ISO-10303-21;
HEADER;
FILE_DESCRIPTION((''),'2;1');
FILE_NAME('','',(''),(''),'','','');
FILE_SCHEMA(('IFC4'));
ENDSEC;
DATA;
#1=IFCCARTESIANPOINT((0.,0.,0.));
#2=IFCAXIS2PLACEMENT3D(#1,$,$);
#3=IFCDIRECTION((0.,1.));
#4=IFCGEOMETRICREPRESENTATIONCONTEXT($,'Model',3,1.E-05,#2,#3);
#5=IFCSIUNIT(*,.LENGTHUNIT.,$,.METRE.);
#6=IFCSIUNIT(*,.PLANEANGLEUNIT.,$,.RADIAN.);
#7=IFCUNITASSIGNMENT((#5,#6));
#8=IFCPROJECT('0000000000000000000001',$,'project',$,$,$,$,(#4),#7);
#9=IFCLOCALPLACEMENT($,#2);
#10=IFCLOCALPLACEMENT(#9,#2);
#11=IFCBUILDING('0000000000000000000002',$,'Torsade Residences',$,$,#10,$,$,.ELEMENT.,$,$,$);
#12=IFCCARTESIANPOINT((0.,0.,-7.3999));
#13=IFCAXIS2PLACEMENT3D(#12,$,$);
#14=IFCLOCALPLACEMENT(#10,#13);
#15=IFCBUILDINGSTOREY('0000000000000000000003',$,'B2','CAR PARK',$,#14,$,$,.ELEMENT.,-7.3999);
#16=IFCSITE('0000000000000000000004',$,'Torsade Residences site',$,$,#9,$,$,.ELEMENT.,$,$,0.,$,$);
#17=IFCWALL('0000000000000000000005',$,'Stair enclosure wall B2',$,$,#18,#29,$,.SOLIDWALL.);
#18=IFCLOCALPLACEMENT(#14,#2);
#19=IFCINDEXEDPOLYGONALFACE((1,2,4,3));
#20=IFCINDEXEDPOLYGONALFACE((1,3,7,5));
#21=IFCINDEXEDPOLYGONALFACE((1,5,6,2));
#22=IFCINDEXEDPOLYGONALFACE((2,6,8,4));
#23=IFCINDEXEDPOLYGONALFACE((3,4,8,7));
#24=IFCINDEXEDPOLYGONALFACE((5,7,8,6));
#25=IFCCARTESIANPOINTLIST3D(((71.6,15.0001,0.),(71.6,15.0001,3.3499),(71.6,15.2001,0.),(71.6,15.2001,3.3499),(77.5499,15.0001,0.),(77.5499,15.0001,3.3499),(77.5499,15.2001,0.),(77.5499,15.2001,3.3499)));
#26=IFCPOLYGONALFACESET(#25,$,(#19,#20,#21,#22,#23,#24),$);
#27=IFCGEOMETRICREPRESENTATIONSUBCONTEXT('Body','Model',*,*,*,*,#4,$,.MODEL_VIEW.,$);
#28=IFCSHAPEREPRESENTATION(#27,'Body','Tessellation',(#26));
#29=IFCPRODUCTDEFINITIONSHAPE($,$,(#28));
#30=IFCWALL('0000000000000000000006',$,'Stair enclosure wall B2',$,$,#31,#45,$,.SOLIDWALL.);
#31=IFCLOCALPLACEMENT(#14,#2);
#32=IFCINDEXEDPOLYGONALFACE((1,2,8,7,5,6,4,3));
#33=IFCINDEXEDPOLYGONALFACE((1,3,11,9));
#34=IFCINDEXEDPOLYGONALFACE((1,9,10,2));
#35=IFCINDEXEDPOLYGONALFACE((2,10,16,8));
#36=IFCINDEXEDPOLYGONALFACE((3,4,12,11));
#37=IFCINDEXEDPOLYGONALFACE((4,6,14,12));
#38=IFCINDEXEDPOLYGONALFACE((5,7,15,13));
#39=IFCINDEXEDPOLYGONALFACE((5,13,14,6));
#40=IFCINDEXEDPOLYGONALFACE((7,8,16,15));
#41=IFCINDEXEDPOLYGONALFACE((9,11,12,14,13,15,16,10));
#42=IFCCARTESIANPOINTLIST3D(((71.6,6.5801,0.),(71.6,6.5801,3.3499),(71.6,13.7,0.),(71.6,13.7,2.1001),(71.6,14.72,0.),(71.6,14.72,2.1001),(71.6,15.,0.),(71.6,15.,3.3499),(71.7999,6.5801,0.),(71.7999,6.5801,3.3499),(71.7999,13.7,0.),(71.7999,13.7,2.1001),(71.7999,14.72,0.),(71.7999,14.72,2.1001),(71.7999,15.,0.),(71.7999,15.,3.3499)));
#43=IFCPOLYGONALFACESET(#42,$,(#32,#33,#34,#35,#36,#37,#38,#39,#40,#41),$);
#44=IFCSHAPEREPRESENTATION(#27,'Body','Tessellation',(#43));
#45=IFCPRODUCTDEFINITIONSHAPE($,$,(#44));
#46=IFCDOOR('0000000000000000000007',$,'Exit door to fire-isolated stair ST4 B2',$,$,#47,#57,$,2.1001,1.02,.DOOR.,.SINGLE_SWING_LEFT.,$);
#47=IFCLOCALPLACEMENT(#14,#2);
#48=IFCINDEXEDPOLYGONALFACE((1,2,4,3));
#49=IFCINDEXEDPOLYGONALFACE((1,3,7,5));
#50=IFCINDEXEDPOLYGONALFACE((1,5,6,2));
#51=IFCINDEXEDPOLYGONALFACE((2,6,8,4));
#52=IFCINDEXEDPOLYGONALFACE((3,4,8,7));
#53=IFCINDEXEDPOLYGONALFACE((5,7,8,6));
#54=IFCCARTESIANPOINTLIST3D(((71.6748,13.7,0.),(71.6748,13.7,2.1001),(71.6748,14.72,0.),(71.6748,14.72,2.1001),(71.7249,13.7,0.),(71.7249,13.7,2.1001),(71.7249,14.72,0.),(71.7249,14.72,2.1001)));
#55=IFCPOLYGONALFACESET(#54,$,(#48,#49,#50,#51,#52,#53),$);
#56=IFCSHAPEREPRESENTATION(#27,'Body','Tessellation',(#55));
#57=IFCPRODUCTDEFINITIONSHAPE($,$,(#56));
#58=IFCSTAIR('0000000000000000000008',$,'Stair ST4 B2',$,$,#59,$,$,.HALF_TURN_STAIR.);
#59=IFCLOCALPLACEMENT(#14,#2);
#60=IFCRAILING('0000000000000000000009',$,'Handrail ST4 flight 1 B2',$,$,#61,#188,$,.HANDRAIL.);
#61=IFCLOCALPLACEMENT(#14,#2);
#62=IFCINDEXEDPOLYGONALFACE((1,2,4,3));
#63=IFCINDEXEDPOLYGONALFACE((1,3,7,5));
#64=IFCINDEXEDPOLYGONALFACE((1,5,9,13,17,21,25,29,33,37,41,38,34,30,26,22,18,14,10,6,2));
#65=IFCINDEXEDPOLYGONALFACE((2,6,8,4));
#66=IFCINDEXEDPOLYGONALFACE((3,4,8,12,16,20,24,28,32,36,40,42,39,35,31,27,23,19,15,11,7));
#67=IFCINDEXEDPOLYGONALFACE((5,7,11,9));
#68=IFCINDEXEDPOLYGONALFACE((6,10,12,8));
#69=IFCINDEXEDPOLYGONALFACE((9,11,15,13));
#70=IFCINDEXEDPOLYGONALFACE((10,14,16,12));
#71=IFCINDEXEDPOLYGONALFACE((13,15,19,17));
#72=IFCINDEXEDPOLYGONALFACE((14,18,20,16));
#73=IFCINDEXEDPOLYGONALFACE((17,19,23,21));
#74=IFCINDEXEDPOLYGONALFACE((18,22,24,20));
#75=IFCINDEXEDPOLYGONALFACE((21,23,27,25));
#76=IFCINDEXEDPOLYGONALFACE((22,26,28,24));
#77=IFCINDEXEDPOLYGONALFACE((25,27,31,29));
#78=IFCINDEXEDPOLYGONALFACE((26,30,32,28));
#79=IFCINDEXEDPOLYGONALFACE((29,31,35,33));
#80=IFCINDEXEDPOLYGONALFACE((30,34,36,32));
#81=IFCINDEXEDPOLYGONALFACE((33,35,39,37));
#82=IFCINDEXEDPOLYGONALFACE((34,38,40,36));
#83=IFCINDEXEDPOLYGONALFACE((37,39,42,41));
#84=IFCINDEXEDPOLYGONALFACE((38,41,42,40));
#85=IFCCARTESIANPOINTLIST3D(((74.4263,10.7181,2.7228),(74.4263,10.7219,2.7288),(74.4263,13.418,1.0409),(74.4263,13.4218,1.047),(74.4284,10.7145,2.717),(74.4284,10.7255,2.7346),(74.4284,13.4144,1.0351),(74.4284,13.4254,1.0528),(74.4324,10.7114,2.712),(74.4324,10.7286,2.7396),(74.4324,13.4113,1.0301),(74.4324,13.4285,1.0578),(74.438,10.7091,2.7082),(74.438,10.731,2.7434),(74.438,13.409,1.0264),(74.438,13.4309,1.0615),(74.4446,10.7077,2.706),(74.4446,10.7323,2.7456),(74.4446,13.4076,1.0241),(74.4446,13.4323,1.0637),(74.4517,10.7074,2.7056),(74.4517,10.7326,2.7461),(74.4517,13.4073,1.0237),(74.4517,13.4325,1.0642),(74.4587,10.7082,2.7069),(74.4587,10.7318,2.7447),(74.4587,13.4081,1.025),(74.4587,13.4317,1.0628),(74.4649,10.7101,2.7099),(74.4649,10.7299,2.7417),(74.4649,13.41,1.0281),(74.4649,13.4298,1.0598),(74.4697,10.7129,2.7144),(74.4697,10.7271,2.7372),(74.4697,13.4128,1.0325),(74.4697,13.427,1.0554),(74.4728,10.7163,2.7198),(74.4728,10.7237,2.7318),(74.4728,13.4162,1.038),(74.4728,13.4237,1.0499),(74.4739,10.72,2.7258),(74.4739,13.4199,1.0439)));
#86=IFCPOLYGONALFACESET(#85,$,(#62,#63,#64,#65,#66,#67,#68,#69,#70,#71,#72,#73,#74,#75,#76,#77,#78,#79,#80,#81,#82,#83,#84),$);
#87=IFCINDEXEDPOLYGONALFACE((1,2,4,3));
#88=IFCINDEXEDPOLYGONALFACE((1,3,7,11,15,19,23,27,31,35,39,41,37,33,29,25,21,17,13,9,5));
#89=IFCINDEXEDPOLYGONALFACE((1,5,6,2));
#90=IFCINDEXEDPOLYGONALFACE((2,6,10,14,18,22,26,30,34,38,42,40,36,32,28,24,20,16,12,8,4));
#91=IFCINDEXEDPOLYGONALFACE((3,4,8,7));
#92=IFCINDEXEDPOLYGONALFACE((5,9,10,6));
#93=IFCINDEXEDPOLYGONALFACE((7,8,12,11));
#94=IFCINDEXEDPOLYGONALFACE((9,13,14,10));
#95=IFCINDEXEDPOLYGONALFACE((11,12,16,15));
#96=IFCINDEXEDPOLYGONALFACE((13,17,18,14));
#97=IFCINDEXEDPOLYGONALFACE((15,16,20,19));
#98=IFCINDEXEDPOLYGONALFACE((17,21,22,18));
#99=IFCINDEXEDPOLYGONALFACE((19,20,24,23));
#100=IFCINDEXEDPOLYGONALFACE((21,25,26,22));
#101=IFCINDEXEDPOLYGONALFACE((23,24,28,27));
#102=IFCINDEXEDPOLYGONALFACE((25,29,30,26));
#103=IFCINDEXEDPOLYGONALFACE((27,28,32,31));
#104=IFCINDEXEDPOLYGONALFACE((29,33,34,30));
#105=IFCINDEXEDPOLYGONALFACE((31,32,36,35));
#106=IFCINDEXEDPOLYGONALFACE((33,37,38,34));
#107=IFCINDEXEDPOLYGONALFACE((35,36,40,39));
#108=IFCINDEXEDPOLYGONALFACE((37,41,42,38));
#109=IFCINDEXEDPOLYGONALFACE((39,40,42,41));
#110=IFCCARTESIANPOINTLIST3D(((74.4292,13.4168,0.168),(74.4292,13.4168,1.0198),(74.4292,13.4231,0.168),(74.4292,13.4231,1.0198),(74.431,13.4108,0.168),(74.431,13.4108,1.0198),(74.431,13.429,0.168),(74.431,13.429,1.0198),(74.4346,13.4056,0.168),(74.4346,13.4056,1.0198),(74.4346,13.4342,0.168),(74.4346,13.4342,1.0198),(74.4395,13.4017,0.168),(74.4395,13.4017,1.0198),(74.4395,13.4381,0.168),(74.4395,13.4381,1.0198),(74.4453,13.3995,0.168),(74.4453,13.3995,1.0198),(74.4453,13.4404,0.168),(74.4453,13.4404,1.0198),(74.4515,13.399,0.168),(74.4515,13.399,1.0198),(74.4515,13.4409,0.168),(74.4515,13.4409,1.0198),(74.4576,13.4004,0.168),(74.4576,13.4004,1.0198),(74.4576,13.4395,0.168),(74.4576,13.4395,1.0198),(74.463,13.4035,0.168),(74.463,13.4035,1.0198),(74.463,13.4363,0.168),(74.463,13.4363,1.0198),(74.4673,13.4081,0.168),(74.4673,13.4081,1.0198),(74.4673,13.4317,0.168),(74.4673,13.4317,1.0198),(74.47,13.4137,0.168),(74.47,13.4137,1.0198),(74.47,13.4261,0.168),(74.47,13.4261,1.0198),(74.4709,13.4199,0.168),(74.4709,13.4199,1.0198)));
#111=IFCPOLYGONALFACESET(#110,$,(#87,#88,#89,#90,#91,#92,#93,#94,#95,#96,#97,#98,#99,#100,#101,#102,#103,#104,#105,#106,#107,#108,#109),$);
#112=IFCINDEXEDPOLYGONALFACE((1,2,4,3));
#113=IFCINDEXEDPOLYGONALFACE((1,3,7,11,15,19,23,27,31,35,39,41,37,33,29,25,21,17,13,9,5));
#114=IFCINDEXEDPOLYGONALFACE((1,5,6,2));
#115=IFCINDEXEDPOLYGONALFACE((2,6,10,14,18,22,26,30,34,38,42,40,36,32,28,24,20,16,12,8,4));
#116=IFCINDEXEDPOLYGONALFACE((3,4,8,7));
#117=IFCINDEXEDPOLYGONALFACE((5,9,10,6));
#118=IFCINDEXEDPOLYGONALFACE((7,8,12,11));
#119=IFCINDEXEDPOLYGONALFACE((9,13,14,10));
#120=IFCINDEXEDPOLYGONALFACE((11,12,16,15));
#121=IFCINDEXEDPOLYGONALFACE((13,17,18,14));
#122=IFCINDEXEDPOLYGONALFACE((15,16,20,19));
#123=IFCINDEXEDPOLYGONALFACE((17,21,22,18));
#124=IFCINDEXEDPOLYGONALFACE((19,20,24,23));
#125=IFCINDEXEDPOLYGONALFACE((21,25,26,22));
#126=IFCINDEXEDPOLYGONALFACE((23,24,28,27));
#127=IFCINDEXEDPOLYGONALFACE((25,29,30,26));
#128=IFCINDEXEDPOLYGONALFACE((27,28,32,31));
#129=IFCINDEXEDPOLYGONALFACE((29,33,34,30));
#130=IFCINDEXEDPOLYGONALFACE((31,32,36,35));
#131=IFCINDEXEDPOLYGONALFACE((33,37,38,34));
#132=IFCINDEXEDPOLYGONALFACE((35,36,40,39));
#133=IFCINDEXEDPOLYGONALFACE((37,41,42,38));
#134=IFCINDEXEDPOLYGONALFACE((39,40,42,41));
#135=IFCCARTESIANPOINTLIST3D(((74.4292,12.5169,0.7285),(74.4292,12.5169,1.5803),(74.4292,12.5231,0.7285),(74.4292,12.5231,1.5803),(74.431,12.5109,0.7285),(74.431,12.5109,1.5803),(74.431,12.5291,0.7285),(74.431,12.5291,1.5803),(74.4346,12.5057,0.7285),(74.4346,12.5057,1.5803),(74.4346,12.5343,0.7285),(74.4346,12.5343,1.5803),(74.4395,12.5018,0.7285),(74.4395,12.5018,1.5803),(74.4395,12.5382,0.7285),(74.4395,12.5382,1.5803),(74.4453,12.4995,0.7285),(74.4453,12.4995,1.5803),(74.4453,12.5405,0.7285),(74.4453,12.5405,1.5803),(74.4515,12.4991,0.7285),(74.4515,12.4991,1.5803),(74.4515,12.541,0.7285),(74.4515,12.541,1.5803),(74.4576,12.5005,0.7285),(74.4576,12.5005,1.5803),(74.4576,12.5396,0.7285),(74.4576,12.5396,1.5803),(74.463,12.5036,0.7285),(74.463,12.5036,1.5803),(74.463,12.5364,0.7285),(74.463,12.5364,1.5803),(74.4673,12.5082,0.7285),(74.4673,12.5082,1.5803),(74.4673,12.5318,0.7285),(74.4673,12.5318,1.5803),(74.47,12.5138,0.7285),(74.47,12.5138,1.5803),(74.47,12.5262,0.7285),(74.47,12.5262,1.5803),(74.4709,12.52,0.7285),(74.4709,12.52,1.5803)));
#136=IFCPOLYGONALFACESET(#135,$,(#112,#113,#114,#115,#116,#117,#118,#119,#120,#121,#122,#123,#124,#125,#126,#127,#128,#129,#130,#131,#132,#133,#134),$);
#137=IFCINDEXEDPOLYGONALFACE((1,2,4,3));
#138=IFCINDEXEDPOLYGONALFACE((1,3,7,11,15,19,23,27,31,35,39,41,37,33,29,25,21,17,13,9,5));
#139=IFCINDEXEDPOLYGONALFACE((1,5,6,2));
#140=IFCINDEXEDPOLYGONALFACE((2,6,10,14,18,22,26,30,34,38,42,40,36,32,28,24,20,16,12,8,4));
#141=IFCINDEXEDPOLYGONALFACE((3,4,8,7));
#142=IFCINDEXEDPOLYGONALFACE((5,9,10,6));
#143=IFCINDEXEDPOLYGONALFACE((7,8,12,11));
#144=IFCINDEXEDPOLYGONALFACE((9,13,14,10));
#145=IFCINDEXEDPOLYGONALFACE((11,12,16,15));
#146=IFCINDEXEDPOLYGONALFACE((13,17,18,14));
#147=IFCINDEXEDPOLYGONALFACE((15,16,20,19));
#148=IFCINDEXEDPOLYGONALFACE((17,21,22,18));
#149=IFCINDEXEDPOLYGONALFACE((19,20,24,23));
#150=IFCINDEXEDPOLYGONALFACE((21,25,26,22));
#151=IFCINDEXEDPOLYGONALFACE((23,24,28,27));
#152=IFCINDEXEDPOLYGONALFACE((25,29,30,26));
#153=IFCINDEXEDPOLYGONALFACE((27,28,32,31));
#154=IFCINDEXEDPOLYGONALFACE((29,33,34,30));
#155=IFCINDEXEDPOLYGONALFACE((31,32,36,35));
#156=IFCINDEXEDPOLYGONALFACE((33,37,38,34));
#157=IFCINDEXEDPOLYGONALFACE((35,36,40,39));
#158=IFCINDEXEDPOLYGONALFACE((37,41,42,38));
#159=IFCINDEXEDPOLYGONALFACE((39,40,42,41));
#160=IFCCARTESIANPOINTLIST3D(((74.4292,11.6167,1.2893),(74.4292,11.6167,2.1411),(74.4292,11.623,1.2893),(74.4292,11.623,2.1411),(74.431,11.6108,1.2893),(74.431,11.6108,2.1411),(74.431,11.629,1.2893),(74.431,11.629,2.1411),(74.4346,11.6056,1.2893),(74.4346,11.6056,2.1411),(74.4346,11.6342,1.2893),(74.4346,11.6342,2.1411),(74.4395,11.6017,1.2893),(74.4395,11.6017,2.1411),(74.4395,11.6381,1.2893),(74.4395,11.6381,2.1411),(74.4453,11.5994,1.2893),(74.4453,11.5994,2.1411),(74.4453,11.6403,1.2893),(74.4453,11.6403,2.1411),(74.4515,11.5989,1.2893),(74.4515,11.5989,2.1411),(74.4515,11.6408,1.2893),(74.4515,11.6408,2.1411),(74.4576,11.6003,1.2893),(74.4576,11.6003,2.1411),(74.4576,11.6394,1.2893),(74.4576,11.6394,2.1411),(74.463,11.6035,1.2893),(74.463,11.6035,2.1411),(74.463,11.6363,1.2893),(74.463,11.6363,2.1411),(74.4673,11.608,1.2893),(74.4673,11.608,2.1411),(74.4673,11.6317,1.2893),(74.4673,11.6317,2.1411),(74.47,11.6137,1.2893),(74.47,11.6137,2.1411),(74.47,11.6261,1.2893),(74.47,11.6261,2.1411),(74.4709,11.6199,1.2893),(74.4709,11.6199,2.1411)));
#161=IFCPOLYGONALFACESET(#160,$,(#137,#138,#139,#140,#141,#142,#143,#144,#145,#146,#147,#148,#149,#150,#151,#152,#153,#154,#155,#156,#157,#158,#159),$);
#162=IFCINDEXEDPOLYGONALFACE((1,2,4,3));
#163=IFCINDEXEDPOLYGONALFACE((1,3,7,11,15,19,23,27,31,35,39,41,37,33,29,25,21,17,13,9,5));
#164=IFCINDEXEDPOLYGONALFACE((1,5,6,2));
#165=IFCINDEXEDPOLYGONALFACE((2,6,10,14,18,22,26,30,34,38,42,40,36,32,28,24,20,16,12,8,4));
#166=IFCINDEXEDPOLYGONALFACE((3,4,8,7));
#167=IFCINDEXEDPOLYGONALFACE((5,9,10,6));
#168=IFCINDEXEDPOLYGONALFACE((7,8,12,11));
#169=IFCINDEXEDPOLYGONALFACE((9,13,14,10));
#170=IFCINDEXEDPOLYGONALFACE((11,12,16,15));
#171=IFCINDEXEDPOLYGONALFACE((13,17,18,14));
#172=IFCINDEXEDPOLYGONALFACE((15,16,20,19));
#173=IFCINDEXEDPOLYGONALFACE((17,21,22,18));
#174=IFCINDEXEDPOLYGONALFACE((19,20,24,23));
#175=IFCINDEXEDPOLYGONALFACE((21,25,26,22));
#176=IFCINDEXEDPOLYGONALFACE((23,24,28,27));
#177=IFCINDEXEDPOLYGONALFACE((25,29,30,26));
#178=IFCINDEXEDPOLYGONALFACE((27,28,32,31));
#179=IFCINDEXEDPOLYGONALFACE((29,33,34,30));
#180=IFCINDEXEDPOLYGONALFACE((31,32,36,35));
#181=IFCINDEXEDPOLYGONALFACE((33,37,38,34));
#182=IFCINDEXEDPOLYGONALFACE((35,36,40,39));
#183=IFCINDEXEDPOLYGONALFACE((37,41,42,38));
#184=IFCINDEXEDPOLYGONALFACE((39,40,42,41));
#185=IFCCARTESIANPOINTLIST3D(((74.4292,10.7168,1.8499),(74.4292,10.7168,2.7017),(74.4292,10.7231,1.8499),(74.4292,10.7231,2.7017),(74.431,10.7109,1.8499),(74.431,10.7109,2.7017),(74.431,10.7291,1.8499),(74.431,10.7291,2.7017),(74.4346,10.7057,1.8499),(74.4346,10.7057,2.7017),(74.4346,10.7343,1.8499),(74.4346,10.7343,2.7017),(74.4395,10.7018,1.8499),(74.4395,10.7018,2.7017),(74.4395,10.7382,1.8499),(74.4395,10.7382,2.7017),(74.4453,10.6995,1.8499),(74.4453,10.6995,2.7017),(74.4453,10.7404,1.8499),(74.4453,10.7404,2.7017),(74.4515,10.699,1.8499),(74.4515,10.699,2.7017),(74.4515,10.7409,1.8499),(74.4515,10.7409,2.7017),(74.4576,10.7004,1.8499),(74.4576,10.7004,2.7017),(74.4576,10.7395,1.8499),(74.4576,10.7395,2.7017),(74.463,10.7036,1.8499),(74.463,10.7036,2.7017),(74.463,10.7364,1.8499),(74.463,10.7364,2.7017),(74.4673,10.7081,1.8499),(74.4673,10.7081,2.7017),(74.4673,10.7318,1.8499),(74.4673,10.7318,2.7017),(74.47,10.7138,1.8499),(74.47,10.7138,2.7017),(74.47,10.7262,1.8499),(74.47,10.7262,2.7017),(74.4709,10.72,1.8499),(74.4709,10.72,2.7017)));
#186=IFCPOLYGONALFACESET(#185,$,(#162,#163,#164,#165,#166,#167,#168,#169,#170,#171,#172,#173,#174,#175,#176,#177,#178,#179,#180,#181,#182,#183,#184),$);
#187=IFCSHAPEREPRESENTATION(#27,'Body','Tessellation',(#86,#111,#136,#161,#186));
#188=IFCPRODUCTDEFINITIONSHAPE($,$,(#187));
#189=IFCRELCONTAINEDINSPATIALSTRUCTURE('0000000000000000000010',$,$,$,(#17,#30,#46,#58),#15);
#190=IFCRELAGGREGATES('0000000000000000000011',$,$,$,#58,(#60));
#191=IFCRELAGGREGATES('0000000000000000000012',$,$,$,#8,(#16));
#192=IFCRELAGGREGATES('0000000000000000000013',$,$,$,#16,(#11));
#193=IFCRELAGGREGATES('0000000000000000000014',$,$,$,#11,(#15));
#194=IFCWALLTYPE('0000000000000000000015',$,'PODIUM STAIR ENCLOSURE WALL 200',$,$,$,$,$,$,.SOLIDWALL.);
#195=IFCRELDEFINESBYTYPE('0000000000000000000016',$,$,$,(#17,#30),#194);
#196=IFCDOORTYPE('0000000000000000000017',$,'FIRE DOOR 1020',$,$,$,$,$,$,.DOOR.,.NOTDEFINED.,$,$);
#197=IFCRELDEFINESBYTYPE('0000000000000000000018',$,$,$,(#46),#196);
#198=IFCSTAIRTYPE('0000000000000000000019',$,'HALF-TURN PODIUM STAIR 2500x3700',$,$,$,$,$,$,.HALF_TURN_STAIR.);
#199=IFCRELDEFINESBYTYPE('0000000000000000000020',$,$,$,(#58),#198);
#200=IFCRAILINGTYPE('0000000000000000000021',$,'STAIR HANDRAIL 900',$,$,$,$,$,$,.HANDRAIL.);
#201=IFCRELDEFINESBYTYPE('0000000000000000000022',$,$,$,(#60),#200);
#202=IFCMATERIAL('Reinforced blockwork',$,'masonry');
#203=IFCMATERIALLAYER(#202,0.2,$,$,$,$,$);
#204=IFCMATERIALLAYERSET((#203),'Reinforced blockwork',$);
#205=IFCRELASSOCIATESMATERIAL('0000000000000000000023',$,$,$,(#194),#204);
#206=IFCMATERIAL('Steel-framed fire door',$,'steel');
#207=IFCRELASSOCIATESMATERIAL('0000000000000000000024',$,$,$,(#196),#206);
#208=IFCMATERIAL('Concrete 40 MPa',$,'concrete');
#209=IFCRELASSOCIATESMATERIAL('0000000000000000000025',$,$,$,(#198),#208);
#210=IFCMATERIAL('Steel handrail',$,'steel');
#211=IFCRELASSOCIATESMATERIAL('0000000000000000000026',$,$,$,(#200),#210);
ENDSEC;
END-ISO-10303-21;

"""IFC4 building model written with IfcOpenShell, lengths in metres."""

from ifc_helpers import new_model, si_unit, direction, frame, frame_2d, origin, origin_2d, place, context, subcontext, project, spatial, rectangle, circle, extrude, material, layer, layer_set, type_object, element, fill, aggregate, save


model = new_model("IFC4")

# Units and contexts
model_context = context("Model", 3, precision=1e-05, world=origin(), true_north=direction((0.0, 1.0)))
body_context = subcontext(model_context, "Body", "Model", "MODEL_VIEW")
ifc_project = project(units=[si_unit("LENGTHUNIT", "METRE"), si_unit("PLANEANGLEUNIT", "RADIAN")], contexts=[model_context])

# Site, building, storey
site_placement = place(None, origin())
site = spatial("IfcSite", under=ifc_project, at=site_placement, Name="Torsade Residences site", CompositionType="ELEMENT", RefElevation=0.0)
building_placement = place(site_placement, origin())
building = spatial("IfcBuilding", under=site, at=building_placement, Name="Torsade Residences", CompositionType="ELEMENT")
storey_placement = place(building_placement, frame((0.0, 0.0, -7.3999)))
storey = spatial("IfcBuildingStorey", under=building, at=storey_placement, Name="B2", Description="CAR PARK", CompositionType="ELEMENT", Elevation=-7.3999)

# Wall
ifc_material_1 = material(Name="Reinforced blockwork", Category="masonry")
ifc_layer_1 = layer(ifc_material_1, 0.2)
ifc_layer_set_1 = layer_set([ifc_layer_1], Name="Reinforced blockwork")
wall_type_1 = type_object("IfcWallType", Name="PODIUM STAIR ENCLOSURE WALL 200", PredefinedType="SOLIDWALL", material=ifc_layer_set_1)
wall_1_placement = place(storey_placement, frame((77.55, 15.1001, 0.0), z_axis=(0.0, 0.0, 1.0), x_axis=(-1.0, 0.0, 0.0)))
element("IfcWall", 1, at=wall_1_placement, inside=storey, type_object=wall_type_1, Name="Stair enclosure wall B2", PredefinedType="SOLIDWALL", context=body_context, shape_type="SweptSolid", body=[
    extrude(rectangle(XDim=5.95, YDim=0.2, at=frame_2d((2.9751, 0.0))), origin(), (0.0, 0.0, 1.0), 3.3499),
])

# Wall, opening, door
wall_2_placement = place(storey_placement, frame((71.7, 15.0, 0.0), z_axis=(0.0, 0.0, 1.0), x_axis=(0.0, -1.0, 0.0)))
wall_2 = element("IfcWall", 2, at=wall_2_placement, inside=storey, type_object=wall_type_1, Name="Stair enclosure wall B2", PredefinedType="SOLIDWALL", context=body_context, shape_type="SweptSolid", body=[
    extrude(rectangle(XDim=8.4199, YDim=0.2, at=frame_2d((4.21, 0.0))), origin(), (0.0, 0.0, 1.0), 3.3499),
])
opening_placement = place(wall_2_placement, frame((0.28, 0.0, 0.0)))
opening = element("IfcOpeningElement", 3, at=opening_placement, cuts=wall_2, PredefinedType="OPENING", context=body_context, shape_type="SweptSolid", body=[
    extrude(rectangle(XDim=1.02, YDim=2.1001, at=frame_2d((0.51, 1.05))), frame((0.0, 0.1099, 0.0), z_axis=(0.0, -1.0, 0.0), x_axis=(1.0, 0.0, 0.0)), (0.0, 0.0, 1.0), 0.22),
])
ifc_material_2 = material(Name="Steel-framed fire door", Category="steel")
door_type = type_object("IfcDoorType", Name="FIRE DOOR 1020", OperationType="NOTDEFINED", PredefinedType="DOOR", material=ifc_material_2)
door_placement = place(opening_placement, origin())
door = element("IfcDoor", 4, at=door_placement, inside=storey, type_object=door_type, Name="Exit door to fire-isolated stair ST4 B2", OperationType="SINGLE_SWING_LEFT", OverallHeight=2.1001, OverallWidth=1.02, PredefinedType="DOOR", context=body_context, shape_type="SweptSolid", body=[
    extrude(rectangle(XDim=1.02, YDim=2.1001, at=frame_2d((0.51, 1.05))), frame((0.0, 0.0249, 0.0), z_axis=(0.0, -1.0, 0.0), x_axis=(1.0, 0.0, 0.0)), (0.0, 0.0, 1.0), 0.05),
])
fill(opening, door)

# Stair, railing
ifc_material_3 = material(Name="Concrete 40 MPa", Category="concrete")
stair_type = type_object("IfcStairType", Name="HALF-TURN PODIUM STAIR 2500x3700", PredefinedType="HALF_TURN_STAIR", material=ifc_material_3)
stair_placement = place(storey_placement, origin())
stair = element("IfcStair", 5, at=stair_placement, inside=storey, type_object=stair_type, Name="Stair ST4 B2", PredefinedType="HALF_TURN_STAIR")
ifc_material_4 = material(Name="Steel handrail", Category="steel")
railing_type = type_object("IfcRailingType", Name="STAIR HANDRAIL 900", PredefinedType="HANDRAIL", material=ifc_material_4)
railing_1_placement = place(storey_placement, frame((74.45, 13.4199, 0.168)))
railing_1 = element("IfcRailing", 6, at=railing_1_placement, type_object=railing_type, Name="Handrail ST4 flight 1 B2", PredefinedType="HANDRAIL", context=body_context, shape_type="SweptSolid", body=[
    extrude(circle(Radius=0.0239, at=origin_2d()), frame((0.0, 0.0, 0.876), z_axis=(0.0, -0.848786, 0.528736), x_axis=(1.0, 0.0, 0.0)), (0.0, 0.0, 1.0), 3.1809),
    extrude(circle(Radius=0.021, at=origin_2d()), origin(), (0.0, 0.0, 1.0), 0.8518),
    extrude(circle(Radius=0.021, at=origin_2d()), frame((0.0, -0.8999, 0.5605)), (0.0, 0.0, 1.0), 0.8518),
    extrude(circle(Radius=0.021, at=origin_2d()), frame((0.0, -1.8, 1.1213)), (0.0, 0.0, 1.0), 0.8518),
    extrude(circle(Radius=0.021, at=origin_2d()), frame((0.0, -2.7, 1.6819)), (0.0, 0.0, 1.0), 0.8518),
])
aggregate(stair, [railing_1])

save(model, "model.ifc")
